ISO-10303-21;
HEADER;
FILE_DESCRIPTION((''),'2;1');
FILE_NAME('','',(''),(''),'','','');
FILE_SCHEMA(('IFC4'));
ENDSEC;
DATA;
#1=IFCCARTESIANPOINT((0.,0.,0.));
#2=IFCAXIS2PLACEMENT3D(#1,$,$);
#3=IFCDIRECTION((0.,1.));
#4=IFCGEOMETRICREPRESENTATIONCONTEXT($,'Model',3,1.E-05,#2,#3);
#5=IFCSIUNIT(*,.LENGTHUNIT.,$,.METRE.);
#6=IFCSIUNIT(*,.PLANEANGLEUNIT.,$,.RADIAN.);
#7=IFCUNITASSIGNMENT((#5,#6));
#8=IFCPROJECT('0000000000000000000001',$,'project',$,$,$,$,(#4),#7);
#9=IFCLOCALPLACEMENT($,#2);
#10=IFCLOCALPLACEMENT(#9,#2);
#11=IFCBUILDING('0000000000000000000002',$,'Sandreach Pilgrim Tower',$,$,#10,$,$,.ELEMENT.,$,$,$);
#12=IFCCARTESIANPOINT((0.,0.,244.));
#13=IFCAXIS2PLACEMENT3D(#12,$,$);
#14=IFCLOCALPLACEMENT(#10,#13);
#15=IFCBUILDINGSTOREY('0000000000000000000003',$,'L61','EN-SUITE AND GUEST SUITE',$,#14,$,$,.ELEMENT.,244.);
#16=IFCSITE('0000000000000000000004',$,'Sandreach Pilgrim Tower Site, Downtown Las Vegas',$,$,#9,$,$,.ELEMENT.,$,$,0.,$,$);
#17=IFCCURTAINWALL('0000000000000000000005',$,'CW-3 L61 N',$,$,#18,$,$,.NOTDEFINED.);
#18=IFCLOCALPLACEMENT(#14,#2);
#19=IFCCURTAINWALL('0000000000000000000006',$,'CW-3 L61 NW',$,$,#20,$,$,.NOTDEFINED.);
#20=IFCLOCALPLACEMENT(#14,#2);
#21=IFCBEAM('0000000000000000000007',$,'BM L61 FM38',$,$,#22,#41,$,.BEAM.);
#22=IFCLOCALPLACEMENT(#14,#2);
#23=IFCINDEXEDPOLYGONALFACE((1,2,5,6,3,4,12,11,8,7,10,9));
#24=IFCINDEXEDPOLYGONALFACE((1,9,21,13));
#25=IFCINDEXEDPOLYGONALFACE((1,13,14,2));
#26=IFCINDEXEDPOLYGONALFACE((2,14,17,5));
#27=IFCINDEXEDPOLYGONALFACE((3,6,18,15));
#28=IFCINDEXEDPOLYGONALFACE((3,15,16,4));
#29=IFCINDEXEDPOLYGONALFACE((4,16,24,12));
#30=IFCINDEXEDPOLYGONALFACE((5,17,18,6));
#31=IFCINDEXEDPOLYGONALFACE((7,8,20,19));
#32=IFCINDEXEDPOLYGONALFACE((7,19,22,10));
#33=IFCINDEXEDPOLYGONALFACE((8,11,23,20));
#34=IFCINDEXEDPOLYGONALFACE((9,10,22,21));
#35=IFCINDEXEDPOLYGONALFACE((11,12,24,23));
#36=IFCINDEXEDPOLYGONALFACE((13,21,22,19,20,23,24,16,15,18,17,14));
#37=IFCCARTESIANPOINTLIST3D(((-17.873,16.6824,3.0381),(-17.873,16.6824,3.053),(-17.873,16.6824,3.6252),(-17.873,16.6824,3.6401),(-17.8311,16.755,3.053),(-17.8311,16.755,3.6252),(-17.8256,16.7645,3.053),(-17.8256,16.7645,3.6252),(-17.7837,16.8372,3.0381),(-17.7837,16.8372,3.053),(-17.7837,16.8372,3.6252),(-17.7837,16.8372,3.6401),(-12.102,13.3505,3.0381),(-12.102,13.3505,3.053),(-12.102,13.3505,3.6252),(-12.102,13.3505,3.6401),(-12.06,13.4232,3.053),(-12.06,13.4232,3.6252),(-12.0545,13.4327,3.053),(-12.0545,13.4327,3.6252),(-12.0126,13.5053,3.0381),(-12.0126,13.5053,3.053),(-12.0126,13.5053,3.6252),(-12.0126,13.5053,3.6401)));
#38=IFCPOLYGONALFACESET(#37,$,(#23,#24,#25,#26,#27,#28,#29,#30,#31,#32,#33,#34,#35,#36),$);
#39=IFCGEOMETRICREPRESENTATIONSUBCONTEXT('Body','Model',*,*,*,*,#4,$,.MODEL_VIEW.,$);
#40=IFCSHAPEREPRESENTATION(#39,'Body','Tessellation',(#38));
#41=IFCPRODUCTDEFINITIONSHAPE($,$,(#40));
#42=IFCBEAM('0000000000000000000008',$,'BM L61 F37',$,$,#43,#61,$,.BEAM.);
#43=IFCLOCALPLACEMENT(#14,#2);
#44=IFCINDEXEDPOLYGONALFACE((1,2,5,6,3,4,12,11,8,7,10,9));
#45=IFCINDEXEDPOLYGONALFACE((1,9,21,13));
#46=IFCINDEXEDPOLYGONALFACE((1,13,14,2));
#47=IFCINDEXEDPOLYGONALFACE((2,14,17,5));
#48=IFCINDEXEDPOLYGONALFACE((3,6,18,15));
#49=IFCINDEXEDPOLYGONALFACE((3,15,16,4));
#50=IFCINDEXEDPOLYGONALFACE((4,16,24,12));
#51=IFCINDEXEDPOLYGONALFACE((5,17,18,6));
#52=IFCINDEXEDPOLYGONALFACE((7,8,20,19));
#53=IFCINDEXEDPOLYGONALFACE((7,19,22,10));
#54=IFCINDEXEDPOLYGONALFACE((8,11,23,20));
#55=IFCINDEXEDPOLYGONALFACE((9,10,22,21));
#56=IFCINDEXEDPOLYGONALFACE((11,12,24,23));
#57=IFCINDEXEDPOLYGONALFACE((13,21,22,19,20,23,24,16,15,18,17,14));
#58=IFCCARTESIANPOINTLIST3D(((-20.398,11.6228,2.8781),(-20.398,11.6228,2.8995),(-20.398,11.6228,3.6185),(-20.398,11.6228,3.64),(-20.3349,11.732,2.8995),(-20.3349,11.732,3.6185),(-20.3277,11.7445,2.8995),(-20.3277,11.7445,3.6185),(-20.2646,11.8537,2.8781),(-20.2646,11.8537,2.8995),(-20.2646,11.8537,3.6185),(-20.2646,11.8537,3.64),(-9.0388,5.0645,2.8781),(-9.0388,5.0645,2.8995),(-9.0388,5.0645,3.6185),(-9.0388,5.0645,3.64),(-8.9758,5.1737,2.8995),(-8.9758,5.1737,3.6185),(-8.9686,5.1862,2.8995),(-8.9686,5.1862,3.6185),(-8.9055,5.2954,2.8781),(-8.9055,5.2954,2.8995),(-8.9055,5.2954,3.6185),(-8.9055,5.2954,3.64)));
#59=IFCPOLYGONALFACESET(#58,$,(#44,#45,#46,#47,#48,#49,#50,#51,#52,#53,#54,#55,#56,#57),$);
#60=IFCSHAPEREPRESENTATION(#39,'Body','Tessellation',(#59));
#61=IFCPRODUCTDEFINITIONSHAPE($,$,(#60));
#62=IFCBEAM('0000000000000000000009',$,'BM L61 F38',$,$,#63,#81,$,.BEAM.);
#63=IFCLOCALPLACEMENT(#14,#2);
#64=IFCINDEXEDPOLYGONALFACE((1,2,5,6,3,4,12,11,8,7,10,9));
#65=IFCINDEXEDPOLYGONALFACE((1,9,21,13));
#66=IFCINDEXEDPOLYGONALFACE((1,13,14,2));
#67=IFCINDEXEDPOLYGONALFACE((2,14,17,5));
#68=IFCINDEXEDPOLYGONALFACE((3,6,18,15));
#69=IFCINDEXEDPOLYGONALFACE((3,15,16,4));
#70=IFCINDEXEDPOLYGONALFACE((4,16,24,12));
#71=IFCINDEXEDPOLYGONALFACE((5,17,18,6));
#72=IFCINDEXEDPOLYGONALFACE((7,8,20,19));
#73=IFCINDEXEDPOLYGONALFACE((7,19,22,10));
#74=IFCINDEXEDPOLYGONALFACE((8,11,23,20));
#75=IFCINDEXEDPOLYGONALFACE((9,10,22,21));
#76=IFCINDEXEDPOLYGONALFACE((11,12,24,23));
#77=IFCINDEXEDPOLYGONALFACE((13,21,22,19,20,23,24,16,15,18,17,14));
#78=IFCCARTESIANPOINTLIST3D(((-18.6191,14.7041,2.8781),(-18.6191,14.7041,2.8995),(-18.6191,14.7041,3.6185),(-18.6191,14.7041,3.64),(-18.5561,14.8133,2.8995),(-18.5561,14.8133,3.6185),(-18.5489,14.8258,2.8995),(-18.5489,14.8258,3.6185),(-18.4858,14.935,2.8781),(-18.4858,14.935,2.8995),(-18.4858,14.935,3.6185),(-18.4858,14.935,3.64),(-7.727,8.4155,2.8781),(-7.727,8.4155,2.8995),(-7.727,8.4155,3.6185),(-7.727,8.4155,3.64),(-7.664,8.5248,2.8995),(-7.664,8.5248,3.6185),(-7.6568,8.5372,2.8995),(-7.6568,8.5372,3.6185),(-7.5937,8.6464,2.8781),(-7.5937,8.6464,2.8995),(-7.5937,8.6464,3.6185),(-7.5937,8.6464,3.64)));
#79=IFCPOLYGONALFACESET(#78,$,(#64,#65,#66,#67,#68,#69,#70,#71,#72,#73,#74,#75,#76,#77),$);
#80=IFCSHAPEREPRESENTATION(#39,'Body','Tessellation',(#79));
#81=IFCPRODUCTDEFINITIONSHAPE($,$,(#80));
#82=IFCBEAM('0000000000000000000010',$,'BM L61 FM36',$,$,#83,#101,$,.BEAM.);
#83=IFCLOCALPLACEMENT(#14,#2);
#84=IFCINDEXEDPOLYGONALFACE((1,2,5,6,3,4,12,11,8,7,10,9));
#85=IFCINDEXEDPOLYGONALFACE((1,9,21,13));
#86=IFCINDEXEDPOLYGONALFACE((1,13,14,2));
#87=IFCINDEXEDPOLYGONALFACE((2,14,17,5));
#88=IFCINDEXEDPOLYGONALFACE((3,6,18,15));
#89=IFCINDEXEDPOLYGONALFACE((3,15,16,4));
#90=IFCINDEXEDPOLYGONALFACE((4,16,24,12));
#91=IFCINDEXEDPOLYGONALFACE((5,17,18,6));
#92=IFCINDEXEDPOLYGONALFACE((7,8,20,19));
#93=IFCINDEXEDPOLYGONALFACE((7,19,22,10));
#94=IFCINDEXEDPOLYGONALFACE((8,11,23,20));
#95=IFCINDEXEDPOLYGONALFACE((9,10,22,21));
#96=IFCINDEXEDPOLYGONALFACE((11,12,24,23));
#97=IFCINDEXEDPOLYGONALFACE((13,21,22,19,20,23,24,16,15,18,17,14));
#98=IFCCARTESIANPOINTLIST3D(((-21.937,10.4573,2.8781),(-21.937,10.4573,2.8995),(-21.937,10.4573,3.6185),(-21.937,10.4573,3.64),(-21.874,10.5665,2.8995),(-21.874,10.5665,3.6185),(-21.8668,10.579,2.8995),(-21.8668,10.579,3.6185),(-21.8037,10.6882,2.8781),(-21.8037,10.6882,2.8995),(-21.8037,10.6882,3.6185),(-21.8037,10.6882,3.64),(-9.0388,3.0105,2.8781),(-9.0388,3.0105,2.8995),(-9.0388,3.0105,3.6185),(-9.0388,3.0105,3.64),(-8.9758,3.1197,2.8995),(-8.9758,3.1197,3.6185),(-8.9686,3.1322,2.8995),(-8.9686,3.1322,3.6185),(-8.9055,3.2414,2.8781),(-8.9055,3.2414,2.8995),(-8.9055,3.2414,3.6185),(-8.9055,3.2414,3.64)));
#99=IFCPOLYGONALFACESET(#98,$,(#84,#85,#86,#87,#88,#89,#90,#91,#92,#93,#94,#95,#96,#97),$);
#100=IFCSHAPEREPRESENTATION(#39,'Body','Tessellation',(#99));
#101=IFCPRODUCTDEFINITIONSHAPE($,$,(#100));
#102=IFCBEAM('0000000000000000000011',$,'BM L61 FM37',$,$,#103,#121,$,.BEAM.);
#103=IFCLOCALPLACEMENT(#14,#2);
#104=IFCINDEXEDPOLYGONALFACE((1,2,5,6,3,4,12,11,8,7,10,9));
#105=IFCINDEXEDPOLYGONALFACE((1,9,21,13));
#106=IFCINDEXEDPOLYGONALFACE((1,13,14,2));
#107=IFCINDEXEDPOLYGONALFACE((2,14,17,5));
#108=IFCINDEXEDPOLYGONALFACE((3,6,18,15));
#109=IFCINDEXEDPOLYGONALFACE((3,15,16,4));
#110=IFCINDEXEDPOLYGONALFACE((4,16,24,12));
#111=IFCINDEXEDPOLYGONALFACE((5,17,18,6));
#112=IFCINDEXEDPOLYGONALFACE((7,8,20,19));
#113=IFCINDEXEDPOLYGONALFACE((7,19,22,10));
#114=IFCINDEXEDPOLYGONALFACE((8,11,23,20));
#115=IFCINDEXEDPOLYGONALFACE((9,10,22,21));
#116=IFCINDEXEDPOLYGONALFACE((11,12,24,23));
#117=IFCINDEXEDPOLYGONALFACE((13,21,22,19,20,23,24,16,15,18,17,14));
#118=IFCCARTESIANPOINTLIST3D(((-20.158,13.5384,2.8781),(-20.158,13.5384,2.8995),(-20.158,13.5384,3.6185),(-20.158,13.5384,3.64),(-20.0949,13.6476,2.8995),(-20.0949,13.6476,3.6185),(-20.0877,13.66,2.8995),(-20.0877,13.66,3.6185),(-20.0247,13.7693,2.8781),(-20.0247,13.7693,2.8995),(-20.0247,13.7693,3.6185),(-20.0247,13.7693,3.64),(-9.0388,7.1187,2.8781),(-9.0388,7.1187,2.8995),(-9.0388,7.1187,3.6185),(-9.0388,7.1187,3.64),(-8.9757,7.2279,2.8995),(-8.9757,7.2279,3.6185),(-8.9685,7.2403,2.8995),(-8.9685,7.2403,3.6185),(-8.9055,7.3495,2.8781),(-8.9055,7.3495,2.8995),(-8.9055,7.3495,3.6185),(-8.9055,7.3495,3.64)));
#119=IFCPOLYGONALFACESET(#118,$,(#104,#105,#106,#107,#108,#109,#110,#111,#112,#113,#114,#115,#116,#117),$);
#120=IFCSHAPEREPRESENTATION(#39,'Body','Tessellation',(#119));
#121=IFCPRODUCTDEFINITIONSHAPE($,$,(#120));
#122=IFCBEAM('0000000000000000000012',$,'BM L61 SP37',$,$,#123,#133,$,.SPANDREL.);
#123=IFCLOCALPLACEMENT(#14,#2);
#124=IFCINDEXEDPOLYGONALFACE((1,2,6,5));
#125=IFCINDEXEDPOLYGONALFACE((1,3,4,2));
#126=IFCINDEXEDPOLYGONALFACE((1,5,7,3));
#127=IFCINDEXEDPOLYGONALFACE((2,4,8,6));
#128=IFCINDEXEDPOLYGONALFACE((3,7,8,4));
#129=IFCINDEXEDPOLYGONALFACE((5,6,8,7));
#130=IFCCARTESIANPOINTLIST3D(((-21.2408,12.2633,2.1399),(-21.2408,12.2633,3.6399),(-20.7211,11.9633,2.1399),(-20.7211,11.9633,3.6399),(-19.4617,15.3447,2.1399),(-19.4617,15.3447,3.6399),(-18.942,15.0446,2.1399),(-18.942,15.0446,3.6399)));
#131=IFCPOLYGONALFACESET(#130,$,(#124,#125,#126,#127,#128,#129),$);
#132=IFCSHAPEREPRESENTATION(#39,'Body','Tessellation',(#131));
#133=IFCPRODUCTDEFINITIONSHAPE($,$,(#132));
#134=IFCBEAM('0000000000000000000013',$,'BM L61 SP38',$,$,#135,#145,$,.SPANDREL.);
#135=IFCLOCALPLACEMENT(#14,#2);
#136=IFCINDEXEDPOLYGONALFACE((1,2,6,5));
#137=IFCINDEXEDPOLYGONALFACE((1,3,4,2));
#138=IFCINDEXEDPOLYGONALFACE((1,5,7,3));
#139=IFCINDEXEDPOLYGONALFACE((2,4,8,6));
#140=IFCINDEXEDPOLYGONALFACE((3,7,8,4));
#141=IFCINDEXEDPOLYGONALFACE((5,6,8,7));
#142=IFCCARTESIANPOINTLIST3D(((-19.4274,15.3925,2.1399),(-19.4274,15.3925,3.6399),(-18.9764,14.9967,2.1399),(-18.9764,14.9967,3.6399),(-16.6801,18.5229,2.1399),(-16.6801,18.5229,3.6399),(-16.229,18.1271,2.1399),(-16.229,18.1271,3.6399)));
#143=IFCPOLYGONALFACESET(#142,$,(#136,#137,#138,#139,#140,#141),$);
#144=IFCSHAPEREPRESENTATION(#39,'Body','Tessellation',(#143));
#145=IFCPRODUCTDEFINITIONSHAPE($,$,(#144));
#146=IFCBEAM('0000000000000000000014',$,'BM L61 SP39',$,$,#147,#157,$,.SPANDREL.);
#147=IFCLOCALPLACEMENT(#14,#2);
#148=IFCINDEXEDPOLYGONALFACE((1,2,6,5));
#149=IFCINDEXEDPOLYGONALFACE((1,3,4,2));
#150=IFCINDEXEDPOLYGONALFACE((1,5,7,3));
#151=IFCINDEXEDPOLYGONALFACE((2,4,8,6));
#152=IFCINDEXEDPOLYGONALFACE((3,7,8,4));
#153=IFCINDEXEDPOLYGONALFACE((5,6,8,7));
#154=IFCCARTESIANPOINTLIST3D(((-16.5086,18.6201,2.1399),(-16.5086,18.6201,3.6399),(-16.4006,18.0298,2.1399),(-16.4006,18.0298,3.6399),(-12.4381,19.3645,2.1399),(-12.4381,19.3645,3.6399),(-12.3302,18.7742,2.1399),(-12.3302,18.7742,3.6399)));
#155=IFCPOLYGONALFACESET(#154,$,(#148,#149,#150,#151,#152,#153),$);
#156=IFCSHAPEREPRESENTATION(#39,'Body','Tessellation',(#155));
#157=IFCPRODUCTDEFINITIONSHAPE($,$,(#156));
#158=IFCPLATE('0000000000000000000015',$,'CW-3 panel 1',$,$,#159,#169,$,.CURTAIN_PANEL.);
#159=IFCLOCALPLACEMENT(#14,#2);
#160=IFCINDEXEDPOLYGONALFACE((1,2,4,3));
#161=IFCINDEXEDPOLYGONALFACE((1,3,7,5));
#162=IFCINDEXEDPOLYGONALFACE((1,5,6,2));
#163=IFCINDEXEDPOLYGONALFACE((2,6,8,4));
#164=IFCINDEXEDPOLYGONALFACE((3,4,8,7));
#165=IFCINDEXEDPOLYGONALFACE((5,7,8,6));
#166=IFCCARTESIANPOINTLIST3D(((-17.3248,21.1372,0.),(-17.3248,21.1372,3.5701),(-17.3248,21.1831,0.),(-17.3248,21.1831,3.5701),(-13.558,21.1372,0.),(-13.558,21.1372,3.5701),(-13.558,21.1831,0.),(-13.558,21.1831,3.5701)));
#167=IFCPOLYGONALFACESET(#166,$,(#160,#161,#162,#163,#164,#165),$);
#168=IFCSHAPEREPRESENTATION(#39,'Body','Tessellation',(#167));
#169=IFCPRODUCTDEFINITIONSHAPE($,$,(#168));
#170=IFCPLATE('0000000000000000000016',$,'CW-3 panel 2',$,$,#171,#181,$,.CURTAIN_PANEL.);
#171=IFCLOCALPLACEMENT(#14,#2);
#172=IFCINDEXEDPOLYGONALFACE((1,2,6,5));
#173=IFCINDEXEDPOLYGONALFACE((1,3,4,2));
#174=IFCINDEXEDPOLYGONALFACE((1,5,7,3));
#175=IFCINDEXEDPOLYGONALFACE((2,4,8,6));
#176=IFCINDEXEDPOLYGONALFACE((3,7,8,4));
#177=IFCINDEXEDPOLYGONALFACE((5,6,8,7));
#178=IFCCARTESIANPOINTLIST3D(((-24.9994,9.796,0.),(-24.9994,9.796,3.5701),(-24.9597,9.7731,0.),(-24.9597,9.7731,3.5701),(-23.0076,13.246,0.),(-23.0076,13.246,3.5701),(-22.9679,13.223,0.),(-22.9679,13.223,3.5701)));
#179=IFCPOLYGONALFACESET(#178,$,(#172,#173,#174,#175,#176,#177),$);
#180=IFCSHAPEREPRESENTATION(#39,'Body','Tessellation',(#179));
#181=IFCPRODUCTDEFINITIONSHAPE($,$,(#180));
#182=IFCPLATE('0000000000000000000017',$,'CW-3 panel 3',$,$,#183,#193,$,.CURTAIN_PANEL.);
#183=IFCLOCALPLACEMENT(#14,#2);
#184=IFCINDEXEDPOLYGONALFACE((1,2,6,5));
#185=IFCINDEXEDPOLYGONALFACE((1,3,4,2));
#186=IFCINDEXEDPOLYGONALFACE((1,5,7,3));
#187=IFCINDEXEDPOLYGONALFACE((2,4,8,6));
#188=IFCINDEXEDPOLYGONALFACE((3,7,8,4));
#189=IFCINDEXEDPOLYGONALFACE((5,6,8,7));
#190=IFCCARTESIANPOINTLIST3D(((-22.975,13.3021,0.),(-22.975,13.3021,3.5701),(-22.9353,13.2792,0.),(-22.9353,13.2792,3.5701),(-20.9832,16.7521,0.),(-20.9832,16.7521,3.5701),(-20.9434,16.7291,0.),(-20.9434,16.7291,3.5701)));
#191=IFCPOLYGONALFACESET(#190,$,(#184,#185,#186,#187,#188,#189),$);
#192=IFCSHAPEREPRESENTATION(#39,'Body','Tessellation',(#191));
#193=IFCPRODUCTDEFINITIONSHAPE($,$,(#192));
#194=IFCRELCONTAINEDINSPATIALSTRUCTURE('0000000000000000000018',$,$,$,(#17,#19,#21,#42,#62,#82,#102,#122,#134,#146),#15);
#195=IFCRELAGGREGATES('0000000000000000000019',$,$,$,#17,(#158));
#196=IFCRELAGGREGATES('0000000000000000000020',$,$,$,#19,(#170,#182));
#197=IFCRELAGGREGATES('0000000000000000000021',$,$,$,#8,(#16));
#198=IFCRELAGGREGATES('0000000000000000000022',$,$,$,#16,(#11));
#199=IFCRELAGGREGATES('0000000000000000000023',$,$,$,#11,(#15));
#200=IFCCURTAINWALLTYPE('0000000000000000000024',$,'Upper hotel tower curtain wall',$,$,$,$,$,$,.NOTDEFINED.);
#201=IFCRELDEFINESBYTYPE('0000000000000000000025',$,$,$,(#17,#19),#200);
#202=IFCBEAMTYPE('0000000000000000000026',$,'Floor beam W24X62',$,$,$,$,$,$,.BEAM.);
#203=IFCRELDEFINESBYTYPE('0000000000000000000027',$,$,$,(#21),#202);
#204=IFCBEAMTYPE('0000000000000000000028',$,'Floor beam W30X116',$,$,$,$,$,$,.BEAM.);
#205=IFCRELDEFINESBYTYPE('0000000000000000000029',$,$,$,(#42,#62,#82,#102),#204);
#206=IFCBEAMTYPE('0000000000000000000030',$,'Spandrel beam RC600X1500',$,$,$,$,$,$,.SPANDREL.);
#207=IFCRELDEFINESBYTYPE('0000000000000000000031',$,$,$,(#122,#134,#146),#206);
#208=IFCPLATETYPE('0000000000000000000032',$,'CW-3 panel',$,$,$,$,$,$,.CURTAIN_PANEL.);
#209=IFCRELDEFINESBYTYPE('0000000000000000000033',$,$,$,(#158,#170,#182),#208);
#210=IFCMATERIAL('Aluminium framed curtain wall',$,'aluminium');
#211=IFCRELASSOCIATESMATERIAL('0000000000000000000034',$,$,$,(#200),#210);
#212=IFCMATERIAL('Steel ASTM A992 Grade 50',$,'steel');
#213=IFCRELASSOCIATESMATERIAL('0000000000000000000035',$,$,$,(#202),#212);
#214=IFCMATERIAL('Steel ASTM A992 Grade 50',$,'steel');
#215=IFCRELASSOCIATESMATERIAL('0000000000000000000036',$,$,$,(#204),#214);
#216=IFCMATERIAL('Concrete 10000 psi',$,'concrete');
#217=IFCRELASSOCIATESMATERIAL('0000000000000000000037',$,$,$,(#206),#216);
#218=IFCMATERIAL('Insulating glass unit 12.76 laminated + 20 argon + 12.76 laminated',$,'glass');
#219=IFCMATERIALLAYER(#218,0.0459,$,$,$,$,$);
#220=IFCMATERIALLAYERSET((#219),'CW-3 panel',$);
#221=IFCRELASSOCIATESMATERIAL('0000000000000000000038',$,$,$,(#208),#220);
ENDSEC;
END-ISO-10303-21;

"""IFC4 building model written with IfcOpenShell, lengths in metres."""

from ifc_helpers import new_model, si_unit, direction, frame, origin, origin_2d, place, context, subcontext, project, spatial, rectangle, i_section, extrude, material, layer, layer_set, material_profile, profile_set, type_object, element, aggregate, save


model = new_model("IFC4")

# Units and contexts
model_context = context("Model", 3, precision=1e-05, world=origin(), true_north=direction((0.0, 1.0)))
body_context = subcontext(model_context, "Body", "Model", "MODEL_VIEW")
ifc_project = project(units=[si_unit("LENGTHUNIT", "METRE"), si_unit("PLANEANGLEUNIT", "RADIAN")], contexts=[model_context])

# Site, building, storey
site_placement = place(None, origin())
site = spatial("IfcSite", under=ifc_project, at=site_placement, Name="Sandreach Pilgrim Tower Site, Downtown Las Vegas", CompositionType="ELEMENT", RefElevation=0.0)
building_placement = place(site_placement, origin())
building = spatial("IfcBuilding", under=site, at=building_placement, Name="Sandreach Pilgrim Tower", CompositionType="ELEMENT")
storey_placement = place(building_placement, frame((0.0, 0.0, 244.0)))
storey = spatial("IfcBuildingStorey", under=building, at=storey_placement, Name="L61", Description="EN-SUITE AND GUEST SUITE", CompositionType="ELEMENT", Elevation=244.0)

# Curtain wall
ifc_material_1 = material(Name="Aluminium framed curtain wall", Category="aluminium")
curtain_wall_type = type_object("IfcCurtainWallType", Name="Upper hotel tower curtain wall", PredefinedType="NOTDEFINED", material=ifc_material_1)
curtain_wall_1_placement = place(storey_placement, origin())
curtain_wall_1 = element("IfcCurtainWall", 1, at=curtain_wall_1_placement, inside=storey, type_object=curtain_wall_type, Name="CW-3 L61 N", PredefinedType="NOTDEFINED")

# Curtain wall
curtain_wall_2_placement = place(storey_placement, origin())
curtain_wall_2 = element("IfcCurtainWall", 2, at=curtain_wall_2_placement, inside=storey, type_object=curtain_wall_type, Name="CW-3 L61 NW", PredefinedType="NOTDEFINED")

# Beams
ifc_material_2 = material(Name="Steel ASTM A992 Grade 50", Category="steel")
ifc_material_profile_1 = material_profile(ifc_material_2, i_section(OverallWidth=0.1787, OverallDepth=0.6021, WebThickness=0.011, FlangeThickness=0.0149, at=origin_2d()), Name="W24X62")
ifc_profile_set_1 = profile_set([ifc_material_profile_1], Name="Steel ASTM A992 Grade 50")
beam_type_1 = type_object("IfcBeamType", Name="Floor beam W24X62", PredefinedType="BEAM", material=ifc_profile_set_1)
beam_1_placement = place(storey_placement, frame((-17.8284, 16.7598, 3.3391), z_axis=(0.866032, -0.499989, 0.0), x_axis=(0.499989, 0.866032, 0.0)))
element("IfcBeam", 3, at=beam_1_placement, inside=storey, type_object=beam_type_1, Name="BM L61 FM38", PredefinedType="BEAM", context=body_context, shape_type="SweptSolid", body=[
    extrude(i_section(OverallWidth=0.1787, OverallDepth=0.6021, WebThickness=0.011, FlangeThickness=0.0149, at=origin_2d()), origin(), (0.0, 0.0, 1.0), 6.6638),
])
ifc_material_3 = material(Name="Steel ASTM A992 Grade 50", Category="steel")
ifc_material_profile_2 = material_profile(ifc_material_3, i_section(OverallWidth=0.2666, OverallDepth=0.762, WebThickness=0.0144, FlangeThickness=0.0215, at=origin_2d()), Name="W30X116")
ifc_profile_set_2 = profile_set([ifc_material_profile_2], Name="Steel ASTM A992 Grade 50")
beam_type_2 = type_object("IfcBeamType", Name="Floor beam W30X116", PredefinedType="BEAM", material=ifc_profile_set_2)
beam_2_placement = place(storey_placement, frame((-20.3313, 11.7383, 3.259), z_axis=(0.86602, -0.500009, 0.0), x_axis=(0.500009, 0.86602, 0.0)))
element("IfcBeam", 4, at=beam_2_placement, inside=storey, type_object=beam_type_2, Name="BM L61 F37", PredefinedType="BEAM", context=body_context, shape_type="SweptSolid", body=[
    extrude(i_section(OverallWidth=0.2666, OverallDepth=0.762, WebThickness=0.0144, FlangeThickness=0.0215, at=origin_2d()), origin(), (0.0, 0.0, 1.0), 13.1165),
])
beam_3_placement = place(storey_placement, frame((-18.5525, 14.8196, 3.259), z_axis=(0.866025, -0.500001, 0.0), x_axis=(0.500001, 0.866025, 0.0)))
element("IfcBeam", 5, at=beam_3_placement, inside=storey, type_object=beam_type_2, Name="BM L61 F38", PredefinedType="BEAM", context=body_context, shape_type="SweptSolid", body=[
    extrude(i_section(OverallWidth=0.2666, OverallDepth=0.762, WebThickness=0.0144, FlangeThickness=0.0215, at=origin_2d()), origin(), (0.0, 0.0, 1.0), 12.5771),
])
beam_4_placement = place(storey_placement, frame((-21.8704, 10.5728, 3.259), z_axis=(0.866025, -0.5, 0.0), x_axis=(0.5, 0.866025, 0.0)))
element("IfcBeam", 6, at=beam_4_placement, inside=storey, type_object=beam_type_2, Name="BM L61 FM36", PredefinedType="BEAM", context=body_context, shape_type="SweptSolid", body=[
    extrude(i_section(OverallWidth=0.2666, OverallDepth=0.762, WebThickness=0.0144, FlangeThickness=0.0215, at=origin_2d()), origin(), (0.0, 0.0, 1.0), 14.8936),
])
beam_5_placement = place(storey_placement, frame((-20.0913, 13.6538, 3.259), z_axis=(0.866024, -0.500002, 0.0), x_axis=(0.500002, 0.866024, 0.0)))
element("IfcBeam", 7, at=beam_5_placement, inside=storey, type_object=beam_type_2, Name="BM L61 FM37", PredefinedType="BEAM", context=body_context, shape_type="SweptSolid", body=[
    extrude(i_section(OverallWidth=0.2666, OverallDepth=0.762, WebThickness=0.0144, FlangeThickness=0.0215, at=origin_2d()), origin(), (0.0, 0.0, 1.0), 12.8394),
])
ifc_material_4 = material(Name="Concrete 10000 psi", Category="concrete")
ifc_material_profile_3 = material_profile(ifc_material_4, rectangle(XDim=0.6001, YDim=1.5, at=origin_2d()), Name="RC600X1500")
ifc_profile_set_3 = profile_set([ifc_material_profile_3], Name="Concrete 10000 psi")
beam_type_3 = type_object("IfcBeamType", Name="Spandrel beam RC600X1500", PredefinedType="SPANDREL", material=ifc_profile_set_3)
beam_6_placement = place(storey_placement, frame((-20.981, 12.1133, 2.8899), z_axis=(0.500013, 0.866018, 0.0), x_axis=(-0.866018, 0.500013, 0.0)))
element("IfcBeam", 8, at=beam_6_placement, inside=storey, type_object=beam_type_3, Name="BM L61 SP37", PredefinedType="SPANDREL", context=body_context, shape_type="SweptSolid", body=[
    extrude(rectangle(XDim=0.6001, YDim=1.5, at=origin_2d()), origin(), (0.0, 0.0, 1.0), 3.5581),
])
beam_7_placement = place(storey_placement, frame((-19.2019, 15.1946, 2.8899), z_axis=(0.659624, 0.751595, 0.0), x_axis=(-0.751595, 0.659624, 0.0)))
element("IfcBeam", 9, at=beam_7_placement, inside=storey, type_object=beam_type_3, Name="BM L61 SP38", PredefinedType="SPANDREL", context=body_context, shape_type="SweptSolid", body=[
    extrude(rectangle(XDim=0.6001, YDim=1.5, at=origin_2d()), origin(), (0.0, 0.0, 1.0), 4.165),
])
beam_8_placement = place(storey_placement, frame((-16.4546, 18.325, 2.8899), z_axis=(0.983685, 0.179898, 0.0), x_axis=(-0.179898, 0.983685, 0.0)))
element("IfcBeam", 10, at=beam_8_placement, inside=storey, type_object=beam_type_3, Name="BM L61 SP39", PredefinedType="SPANDREL", context=body_context, shape_type="SweptSolid", body=[
    extrude(rectangle(XDim=0.6001, YDim=1.5, at=origin_2d()), origin(), (0.0, 0.0, 1.0), 4.1379),
])

# Plates
ifc_material_5 = material(Name="Insulating glass unit 12.76 laminated + 20 argon + 12.76 laminated", Category="glass")
ifc_layer_1 = layer(ifc_material_5, 0.0459)
ifc_layer_set_1 = layer_set([ifc_layer_1], Name="CW-3 panel")
plate_type = type_object("IfcPlateType", Name="CW-3 panel", PredefinedType="CURTAIN_PANEL", material=ifc_layer_set_1)
plate_1_placement = place(storey_placement, frame((-15.4414, 21.1602, 0.0), z_axis=(0.0, 0.0, 1.0), x_axis=(1.0, 0.0, 0.0)))
plate_1 = element("IfcPlate", 11, at=plate_1_placement, type_object=plate_type, Name="CW-3 panel 1", PredefinedType="CURTAIN_PANEL", context=body_context, shape_type="SweptSolid", body=[
    extrude(rectangle(XDim=3.7668, YDim=0.0459, at=origin_2d()), origin(), (0.0, 0.0, 1.0), 3.5701),
])
aggregate(curtain_wall_1, [plate_1])
plate_2_placement = place(storey_placement, frame((-23.9836, 11.5095, 0.0), z_axis=(0.0, 0.0, 1.0), x_axis=(0.5, 0.866025, 0.0)))
plate_2 = element("IfcPlate", 12, at=plate_2_placement, type_object=plate_type, Name="CW-3 panel 2", PredefinedType="CURTAIN_PANEL", context=body_context, shape_type="SweptSolid", body=[
    extrude(rectangle(XDim=3.9836, YDim=0.0459, at=origin_2d()), origin(), (0.0, 0.0, 1.0), 3.5701),
])
plate_3_placement = place(storey_placement, frame((-21.9592, 15.0156, 0.0), z_axis=(0.0, 0.0, 1.0), x_axis=(0.5, 0.866025, 0.0)))
plate_3 = element("IfcPlate", 13, at=plate_3_placement, type_object=plate_type, Name="CW-3 panel 3", PredefinedType="CURTAIN_PANEL", context=body_context, shape_type="SweptSolid", body=[
    extrude(rectangle(XDim=3.9836, YDim=0.0459, at=origin_2d()), origin(), (0.0, 0.0, 1.0), 3.5701),
])
aggregate(curtain_wall_2, [plate_2, plate_3])

save(model, "model.ifc")
